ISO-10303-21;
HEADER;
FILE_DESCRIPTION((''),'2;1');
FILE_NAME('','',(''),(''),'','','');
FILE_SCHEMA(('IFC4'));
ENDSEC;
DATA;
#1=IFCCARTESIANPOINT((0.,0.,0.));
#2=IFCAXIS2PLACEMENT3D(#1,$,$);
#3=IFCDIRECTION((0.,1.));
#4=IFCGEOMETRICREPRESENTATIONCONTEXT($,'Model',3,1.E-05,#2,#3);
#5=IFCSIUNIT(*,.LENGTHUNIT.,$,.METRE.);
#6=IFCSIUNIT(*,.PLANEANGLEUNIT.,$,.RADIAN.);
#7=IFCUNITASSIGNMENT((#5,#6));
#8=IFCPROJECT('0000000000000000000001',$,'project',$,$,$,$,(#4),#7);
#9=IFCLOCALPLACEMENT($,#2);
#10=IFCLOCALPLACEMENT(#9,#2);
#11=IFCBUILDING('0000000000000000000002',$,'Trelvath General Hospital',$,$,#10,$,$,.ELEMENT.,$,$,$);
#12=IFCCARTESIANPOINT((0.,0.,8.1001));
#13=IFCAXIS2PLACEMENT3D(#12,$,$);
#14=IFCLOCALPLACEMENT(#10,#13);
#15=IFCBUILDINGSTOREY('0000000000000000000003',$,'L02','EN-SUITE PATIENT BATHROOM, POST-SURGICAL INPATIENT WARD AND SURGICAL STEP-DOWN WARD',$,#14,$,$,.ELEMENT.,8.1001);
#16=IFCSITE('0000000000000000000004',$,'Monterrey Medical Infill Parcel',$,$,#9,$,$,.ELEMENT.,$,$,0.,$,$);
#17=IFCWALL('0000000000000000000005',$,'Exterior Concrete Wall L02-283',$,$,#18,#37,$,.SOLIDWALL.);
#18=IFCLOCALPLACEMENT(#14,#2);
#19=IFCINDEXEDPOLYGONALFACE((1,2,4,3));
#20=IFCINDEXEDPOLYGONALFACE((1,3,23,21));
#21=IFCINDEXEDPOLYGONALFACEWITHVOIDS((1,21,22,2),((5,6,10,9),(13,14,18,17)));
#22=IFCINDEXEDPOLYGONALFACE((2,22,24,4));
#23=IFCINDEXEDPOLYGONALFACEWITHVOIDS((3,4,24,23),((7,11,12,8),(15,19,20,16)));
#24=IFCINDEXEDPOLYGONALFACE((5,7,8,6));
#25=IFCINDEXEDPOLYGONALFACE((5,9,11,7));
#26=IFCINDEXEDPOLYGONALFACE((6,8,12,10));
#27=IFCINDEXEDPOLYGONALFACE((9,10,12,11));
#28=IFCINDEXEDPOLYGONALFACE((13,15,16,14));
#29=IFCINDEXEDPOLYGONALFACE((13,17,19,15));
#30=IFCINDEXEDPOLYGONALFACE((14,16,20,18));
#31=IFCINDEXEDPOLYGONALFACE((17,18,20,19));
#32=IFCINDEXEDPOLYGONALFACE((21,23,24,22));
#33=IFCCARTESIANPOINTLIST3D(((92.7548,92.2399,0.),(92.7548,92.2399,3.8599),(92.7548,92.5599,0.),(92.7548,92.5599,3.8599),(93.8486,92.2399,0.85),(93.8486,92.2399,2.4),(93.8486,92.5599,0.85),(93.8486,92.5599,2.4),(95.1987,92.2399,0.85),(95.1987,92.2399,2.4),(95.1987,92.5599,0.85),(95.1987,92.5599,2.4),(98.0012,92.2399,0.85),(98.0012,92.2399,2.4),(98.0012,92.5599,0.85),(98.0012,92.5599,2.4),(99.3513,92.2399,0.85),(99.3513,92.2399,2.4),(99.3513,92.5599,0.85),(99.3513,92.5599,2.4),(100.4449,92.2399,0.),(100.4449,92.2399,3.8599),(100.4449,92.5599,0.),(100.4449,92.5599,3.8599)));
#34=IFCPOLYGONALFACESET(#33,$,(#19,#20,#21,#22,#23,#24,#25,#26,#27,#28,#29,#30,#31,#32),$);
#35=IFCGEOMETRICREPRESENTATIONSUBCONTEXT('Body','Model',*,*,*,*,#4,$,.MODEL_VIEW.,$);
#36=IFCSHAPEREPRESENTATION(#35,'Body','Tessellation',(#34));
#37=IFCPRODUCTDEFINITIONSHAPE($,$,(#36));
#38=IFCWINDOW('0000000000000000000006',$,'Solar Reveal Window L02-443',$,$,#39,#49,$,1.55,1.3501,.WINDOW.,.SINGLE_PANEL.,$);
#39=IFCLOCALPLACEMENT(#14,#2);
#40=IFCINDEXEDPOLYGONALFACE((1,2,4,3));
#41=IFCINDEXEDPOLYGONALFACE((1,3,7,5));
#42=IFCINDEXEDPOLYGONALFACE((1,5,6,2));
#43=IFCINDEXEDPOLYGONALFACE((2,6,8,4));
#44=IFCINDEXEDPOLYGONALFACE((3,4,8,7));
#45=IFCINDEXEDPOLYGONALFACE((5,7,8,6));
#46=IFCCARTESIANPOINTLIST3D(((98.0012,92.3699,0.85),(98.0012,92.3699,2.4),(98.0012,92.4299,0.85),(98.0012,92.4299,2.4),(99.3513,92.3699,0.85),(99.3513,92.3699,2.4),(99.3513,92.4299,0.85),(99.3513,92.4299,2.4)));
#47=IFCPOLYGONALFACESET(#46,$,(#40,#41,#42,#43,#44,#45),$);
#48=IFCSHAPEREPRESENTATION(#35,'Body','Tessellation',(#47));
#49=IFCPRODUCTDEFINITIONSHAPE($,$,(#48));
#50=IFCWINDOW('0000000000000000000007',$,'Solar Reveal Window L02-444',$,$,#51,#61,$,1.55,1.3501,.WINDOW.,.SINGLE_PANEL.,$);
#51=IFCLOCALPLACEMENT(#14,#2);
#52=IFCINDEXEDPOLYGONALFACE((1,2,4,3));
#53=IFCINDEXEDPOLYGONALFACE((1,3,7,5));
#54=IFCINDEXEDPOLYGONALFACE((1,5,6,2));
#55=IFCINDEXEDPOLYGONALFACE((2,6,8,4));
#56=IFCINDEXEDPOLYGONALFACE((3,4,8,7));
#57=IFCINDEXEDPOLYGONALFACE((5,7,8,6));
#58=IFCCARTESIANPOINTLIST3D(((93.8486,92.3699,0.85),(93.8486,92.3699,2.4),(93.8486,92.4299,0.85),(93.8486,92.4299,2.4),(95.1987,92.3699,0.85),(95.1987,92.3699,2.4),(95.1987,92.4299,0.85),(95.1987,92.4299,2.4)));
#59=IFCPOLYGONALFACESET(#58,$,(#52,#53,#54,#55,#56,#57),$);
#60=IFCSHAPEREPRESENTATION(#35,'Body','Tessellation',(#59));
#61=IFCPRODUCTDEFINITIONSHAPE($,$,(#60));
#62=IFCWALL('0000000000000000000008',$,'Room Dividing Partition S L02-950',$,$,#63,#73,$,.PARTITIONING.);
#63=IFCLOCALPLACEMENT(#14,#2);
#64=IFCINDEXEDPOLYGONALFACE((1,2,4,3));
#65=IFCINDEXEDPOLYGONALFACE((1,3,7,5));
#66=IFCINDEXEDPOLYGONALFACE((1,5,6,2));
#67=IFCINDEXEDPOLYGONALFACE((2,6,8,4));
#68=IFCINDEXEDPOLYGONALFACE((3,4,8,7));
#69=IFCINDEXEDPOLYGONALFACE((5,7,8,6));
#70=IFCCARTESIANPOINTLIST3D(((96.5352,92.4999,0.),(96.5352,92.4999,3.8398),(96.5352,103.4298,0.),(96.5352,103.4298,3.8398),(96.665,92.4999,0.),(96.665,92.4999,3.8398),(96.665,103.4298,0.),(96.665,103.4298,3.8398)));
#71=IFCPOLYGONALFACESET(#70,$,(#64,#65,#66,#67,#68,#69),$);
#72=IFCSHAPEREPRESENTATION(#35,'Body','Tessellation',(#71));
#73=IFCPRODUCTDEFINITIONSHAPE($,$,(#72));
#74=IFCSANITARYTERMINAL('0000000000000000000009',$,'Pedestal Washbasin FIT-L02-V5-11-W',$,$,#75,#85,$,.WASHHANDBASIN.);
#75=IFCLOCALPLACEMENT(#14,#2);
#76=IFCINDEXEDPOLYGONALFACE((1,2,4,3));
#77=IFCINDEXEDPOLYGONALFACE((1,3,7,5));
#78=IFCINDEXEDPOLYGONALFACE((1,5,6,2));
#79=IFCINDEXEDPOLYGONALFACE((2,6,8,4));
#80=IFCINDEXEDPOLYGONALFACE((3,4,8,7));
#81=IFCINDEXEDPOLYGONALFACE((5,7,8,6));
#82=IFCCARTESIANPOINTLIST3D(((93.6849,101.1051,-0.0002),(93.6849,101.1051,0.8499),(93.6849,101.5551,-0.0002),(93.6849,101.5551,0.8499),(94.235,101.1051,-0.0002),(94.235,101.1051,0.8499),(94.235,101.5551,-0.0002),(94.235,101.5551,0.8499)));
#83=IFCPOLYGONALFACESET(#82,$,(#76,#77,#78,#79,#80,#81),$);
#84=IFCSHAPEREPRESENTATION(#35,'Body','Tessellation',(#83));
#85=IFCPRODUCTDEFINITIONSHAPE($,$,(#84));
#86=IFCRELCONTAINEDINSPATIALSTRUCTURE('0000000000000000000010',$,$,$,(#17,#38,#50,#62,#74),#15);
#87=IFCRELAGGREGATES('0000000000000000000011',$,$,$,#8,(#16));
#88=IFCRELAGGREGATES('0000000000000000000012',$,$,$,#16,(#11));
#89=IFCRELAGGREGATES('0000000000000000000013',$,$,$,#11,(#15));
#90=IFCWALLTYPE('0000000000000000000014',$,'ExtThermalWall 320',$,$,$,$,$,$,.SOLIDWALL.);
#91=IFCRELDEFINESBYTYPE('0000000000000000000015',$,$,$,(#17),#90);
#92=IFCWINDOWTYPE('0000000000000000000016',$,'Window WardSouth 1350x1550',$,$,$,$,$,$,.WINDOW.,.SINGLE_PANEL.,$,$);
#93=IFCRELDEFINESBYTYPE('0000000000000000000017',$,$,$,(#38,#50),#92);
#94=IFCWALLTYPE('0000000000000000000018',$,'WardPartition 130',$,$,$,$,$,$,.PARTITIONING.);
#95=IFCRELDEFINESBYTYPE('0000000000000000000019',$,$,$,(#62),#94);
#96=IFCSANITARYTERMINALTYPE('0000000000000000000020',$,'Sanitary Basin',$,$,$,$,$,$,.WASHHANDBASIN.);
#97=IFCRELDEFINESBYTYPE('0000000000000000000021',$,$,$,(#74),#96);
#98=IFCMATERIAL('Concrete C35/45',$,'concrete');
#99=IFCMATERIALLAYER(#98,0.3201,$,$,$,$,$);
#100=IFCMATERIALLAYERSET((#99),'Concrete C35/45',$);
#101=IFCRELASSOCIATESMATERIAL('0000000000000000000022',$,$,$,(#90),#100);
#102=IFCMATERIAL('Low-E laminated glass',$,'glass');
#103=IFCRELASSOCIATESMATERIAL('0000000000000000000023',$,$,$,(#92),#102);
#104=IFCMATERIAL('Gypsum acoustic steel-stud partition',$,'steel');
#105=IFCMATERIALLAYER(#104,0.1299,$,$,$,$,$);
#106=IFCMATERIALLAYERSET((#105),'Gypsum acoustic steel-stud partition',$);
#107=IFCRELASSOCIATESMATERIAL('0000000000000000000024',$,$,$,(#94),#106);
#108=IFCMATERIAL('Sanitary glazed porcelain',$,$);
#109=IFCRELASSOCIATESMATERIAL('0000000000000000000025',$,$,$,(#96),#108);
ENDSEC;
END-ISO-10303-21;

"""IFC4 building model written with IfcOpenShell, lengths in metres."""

from ifc_helpers import new_model, si_unit, direction, frame, frame_2d, origin, origin_2d, place, context, subcontext, project, spatial, rectangle, extrude, material, layer, layer_set, type_object, element, fill, save


model = new_model("IFC4")

# Units and contexts
model_context = context("Model", 3, precision=1e-05, world=origin(), true_north=direction((0.0, 1.0)))
body_context = subcontext(model_context, "Body", "Model", "MODEL_VIEW")
ifc_project = project(units=[si_unit("LENGTHUNIT", "METRE"), si_unit("PLANEANGLEUNIT", "RADIAN")], contexts=[model_context])

# Site, building, storey
site_placement = place(None, origin())
site = spatial("IfcSite", under=ifc_project, at=site_placement, Name="Monterrey Medical Infill Parcel", CompositionType="ELEMENT", RefElevation=0.0)
building_placement = place(site_placement, origin())
building = spatial("IfcBuilding", under=site, at=building_placement, Name="Trelvath General Hospital", CompositionType="ELEMENT")
storey_placement = place(building_placement, frame((0.0, 0.0, 8.1001)))
storey = spatial("IfcBuildingStorey", under=building, at=storey_placement, Name="L02", Description="EN-SUITE PATIENT BATHROOM, POST-SURGICAL INPATIENT WARD AND SURGICAL STEP-DOWN WARD", CompositionType="ELEMENT", Elevation=8.1001)

# Wall, openings, windows
ifc_material_1 = material(Name="Concrete C35/45", Category="concrete")
ifc_layer_1 = layer(ifc_material_1, 0.3201)
ifc_layer_set_1 = layer_set([ifc_layer_1], Name="Concrete C35/45")
wall_type_1 = type_object("IfcWallType", Name="ExtThermalWall 320", PredefinedType="SOLIDWALL", material=ifc_layer_set_1)
wall_1_placement = place(storey_placement, frame((100.4451, 92.3999, 0.0), z_axis=(0.0, 0.0, 1.0), x_axis=(-1.0, 0.0, 0.0)))
wall_1 = element("IfcWall", 1, at=wall_1_placement, inside=storey, type_object=wall_type_1, Name="Exterior Concrete Wall L02-283", PredefinedType="SOLIDWALL", context=body_context, shape_type="SweptSolid", body=[
    extrude(rectangle(XDim=7.6902, YDim=0.3201, at=frame_2d((3.8452, 0.0))), origin(), (0.0, 0.0, 1.0), 3.8599),
])
opening_1_placement = place(wall_1_placement, frame((1.0938, 0.0, 0.8501)))
opening_1 = element("IfcOpeningElement", 2, at=opening_1_placement, cuts=wall_1, PredefinedType="OPENING", context=body_context, shape_type="SweptSolid", body=[
    extrude(rectangle(XDim=1.3501, YDim=1.55, at=frame_2d((0.675, 0.7749))), frame((0.0, 0.1699, 0.0), z_axis=(0.0, -1.0, 0.0), x_axis=(1.0, 0.0, 0.0)), (0.0, 0.0, 1.0), 0.3401),
])
opening_2_placement = place(wall_1_placement, frame((5.2463, 0.0, 0.8501)))
opening_2 = element("IfcOpeningElement", 3, at=opening_2_placement, cuts=wall_1, PredefinedType="OPENING", context=body_context, shape_type="SweptSolid", body=[
    extrude(rectangle(XDim=1.3501, YDim=1.55, at=frame_2d((0.675, 0.7749))), frame((0.0, 0.1699, 0.0), z_axis=(0.0, -1.0, 0.0), x_axis=(1.0, 0.0, 0.0)), (0.0, 0.0, 1.0), 0.3401),
])
ifc_material_2 = material(Name="Low-E laminated glass", Category="glass")
window_type = type_object("IfcWindowType", Name="Window WardSouth 1350x1550", PartitioningType="SINGLE_PANEL", PredefinedType="WINDOW", material=ifc_material_2)
window_1_placement = place(opening_1_placement, origin())
window_1 = element("IfcWindow", 4, at=window_1_placement, inside=storey, type_object=window_type, Name="Solar Reveal Window L02-443", OverallHeight=1.55, OverallWidth=1.3501, PartitioningType="SINGLE_PANEL", PredefinedType="WINDOW", context=body_context, shape_type="SweptSolid", body=[
    extrude(rectangle(XDim=1.3501, YDim=1.55, at=frame_2d((0.675, 0.7749))), frame((0.0, 0.03, 0.0), z_axis=(0.0, -1.0, 0.0), x_axis=(1.0, 0.0, 0.0)), (0.0, 0.0, 1.0), 0.0601),
])
fill(opening_1, window_1)
window_2_placement = place(opening_2_placement, origin())
window_2 = element("IfcWindow", 5, at=window_2_placement, inside=storey, type_object=window_type, Name="Solar Reveal Window L02-444", OverallHeight=1.55, OverallWidth=1.3501, PartitioningType="SINGLE_PANEL", PredefinedType="WINDOW", context=body_context, shape_type="SweptSolid", body=[
    extrude(rectangle(XDim=1.3501, YDim=1.55, at=frame_2d((0.675, 0.7749))), frame((0.0, 0.03, 0.0), z_axis=(0.0, -1.0, 0.0), x_axis=(1.0, 0.0, 0.0)), (0.0, 0.0, 1.0), 0.0601),
])
fill(opening_2, window_2)

# Wall
ifc_material_3 = material(Name="Gypsum acoustic steel-stud partition", Category="steel")
ifc_layer_2 = layer(ifc_material_3, 0.1299)
ifc_layer_set_2 = layer_set([ifc_layer_2], Name="Gypsum acoustic steel-stud partition")
wall_type_2 = type_object("IfcWallType", Name="WardPartition 130", PredefinedType="PARTITIONING", material=ifc_layer_set_2)
wall_2_placement = place(storey_placement, frame((96.6001, 92.5, 0.0), z_axis=(0.0, 0.0, 1.0), x_axis=(0.0, 1.0, 0.0)))
element("IfcWall", 6, at=wall_2_placement, inside=storey, type_object=wall_type_2, Name="Room Dividing Partition S L02-950", PredefinedType="PARTITIONING", context=body_context, shape_type="SweptSolid", body=[
    extrude(rectangle(XDim=10.9299, YDim=0.1299, at=frame_2d((5.4648, 0.0))), origin(), (0.0, 0.0, 1.0), 3.8398),
])

# Sanitary terminal
ifc_material_4 = material(Name="Sanitary glazed porcelain")
sanitary_terminal_type = type_object("IfcSanitaryTerminalType", Name="Sanitary Basin", PredefinedType="WASHHANDBASIN", material=ifc_material_4)
sanitary_terminal_placement = place(storey_placement, frame((93.96, 101.3301, -0.0002), z_axis=(0.0, 0.0, 1.0), x_axis=(1.0, 0.0, 0.0)))
element("IfcSanitaryTerminal", 7, at=sanitary_terminal_placement, inside=storey, type_object=sanitary_terminal_type, Name="Pedestal Washbasin FIT-L02-V5-11-W", PredefinedType="WASHHANDBASIN", context=body_context, shape_type="SweptSolid", body=[
    extrude(rectangle(XDim=0.55, YDim=0.45, at=origin_2d()), origin(), (0.0, 0.0, 1.0), 0.8501),
])

save(model, "model.ifc")
